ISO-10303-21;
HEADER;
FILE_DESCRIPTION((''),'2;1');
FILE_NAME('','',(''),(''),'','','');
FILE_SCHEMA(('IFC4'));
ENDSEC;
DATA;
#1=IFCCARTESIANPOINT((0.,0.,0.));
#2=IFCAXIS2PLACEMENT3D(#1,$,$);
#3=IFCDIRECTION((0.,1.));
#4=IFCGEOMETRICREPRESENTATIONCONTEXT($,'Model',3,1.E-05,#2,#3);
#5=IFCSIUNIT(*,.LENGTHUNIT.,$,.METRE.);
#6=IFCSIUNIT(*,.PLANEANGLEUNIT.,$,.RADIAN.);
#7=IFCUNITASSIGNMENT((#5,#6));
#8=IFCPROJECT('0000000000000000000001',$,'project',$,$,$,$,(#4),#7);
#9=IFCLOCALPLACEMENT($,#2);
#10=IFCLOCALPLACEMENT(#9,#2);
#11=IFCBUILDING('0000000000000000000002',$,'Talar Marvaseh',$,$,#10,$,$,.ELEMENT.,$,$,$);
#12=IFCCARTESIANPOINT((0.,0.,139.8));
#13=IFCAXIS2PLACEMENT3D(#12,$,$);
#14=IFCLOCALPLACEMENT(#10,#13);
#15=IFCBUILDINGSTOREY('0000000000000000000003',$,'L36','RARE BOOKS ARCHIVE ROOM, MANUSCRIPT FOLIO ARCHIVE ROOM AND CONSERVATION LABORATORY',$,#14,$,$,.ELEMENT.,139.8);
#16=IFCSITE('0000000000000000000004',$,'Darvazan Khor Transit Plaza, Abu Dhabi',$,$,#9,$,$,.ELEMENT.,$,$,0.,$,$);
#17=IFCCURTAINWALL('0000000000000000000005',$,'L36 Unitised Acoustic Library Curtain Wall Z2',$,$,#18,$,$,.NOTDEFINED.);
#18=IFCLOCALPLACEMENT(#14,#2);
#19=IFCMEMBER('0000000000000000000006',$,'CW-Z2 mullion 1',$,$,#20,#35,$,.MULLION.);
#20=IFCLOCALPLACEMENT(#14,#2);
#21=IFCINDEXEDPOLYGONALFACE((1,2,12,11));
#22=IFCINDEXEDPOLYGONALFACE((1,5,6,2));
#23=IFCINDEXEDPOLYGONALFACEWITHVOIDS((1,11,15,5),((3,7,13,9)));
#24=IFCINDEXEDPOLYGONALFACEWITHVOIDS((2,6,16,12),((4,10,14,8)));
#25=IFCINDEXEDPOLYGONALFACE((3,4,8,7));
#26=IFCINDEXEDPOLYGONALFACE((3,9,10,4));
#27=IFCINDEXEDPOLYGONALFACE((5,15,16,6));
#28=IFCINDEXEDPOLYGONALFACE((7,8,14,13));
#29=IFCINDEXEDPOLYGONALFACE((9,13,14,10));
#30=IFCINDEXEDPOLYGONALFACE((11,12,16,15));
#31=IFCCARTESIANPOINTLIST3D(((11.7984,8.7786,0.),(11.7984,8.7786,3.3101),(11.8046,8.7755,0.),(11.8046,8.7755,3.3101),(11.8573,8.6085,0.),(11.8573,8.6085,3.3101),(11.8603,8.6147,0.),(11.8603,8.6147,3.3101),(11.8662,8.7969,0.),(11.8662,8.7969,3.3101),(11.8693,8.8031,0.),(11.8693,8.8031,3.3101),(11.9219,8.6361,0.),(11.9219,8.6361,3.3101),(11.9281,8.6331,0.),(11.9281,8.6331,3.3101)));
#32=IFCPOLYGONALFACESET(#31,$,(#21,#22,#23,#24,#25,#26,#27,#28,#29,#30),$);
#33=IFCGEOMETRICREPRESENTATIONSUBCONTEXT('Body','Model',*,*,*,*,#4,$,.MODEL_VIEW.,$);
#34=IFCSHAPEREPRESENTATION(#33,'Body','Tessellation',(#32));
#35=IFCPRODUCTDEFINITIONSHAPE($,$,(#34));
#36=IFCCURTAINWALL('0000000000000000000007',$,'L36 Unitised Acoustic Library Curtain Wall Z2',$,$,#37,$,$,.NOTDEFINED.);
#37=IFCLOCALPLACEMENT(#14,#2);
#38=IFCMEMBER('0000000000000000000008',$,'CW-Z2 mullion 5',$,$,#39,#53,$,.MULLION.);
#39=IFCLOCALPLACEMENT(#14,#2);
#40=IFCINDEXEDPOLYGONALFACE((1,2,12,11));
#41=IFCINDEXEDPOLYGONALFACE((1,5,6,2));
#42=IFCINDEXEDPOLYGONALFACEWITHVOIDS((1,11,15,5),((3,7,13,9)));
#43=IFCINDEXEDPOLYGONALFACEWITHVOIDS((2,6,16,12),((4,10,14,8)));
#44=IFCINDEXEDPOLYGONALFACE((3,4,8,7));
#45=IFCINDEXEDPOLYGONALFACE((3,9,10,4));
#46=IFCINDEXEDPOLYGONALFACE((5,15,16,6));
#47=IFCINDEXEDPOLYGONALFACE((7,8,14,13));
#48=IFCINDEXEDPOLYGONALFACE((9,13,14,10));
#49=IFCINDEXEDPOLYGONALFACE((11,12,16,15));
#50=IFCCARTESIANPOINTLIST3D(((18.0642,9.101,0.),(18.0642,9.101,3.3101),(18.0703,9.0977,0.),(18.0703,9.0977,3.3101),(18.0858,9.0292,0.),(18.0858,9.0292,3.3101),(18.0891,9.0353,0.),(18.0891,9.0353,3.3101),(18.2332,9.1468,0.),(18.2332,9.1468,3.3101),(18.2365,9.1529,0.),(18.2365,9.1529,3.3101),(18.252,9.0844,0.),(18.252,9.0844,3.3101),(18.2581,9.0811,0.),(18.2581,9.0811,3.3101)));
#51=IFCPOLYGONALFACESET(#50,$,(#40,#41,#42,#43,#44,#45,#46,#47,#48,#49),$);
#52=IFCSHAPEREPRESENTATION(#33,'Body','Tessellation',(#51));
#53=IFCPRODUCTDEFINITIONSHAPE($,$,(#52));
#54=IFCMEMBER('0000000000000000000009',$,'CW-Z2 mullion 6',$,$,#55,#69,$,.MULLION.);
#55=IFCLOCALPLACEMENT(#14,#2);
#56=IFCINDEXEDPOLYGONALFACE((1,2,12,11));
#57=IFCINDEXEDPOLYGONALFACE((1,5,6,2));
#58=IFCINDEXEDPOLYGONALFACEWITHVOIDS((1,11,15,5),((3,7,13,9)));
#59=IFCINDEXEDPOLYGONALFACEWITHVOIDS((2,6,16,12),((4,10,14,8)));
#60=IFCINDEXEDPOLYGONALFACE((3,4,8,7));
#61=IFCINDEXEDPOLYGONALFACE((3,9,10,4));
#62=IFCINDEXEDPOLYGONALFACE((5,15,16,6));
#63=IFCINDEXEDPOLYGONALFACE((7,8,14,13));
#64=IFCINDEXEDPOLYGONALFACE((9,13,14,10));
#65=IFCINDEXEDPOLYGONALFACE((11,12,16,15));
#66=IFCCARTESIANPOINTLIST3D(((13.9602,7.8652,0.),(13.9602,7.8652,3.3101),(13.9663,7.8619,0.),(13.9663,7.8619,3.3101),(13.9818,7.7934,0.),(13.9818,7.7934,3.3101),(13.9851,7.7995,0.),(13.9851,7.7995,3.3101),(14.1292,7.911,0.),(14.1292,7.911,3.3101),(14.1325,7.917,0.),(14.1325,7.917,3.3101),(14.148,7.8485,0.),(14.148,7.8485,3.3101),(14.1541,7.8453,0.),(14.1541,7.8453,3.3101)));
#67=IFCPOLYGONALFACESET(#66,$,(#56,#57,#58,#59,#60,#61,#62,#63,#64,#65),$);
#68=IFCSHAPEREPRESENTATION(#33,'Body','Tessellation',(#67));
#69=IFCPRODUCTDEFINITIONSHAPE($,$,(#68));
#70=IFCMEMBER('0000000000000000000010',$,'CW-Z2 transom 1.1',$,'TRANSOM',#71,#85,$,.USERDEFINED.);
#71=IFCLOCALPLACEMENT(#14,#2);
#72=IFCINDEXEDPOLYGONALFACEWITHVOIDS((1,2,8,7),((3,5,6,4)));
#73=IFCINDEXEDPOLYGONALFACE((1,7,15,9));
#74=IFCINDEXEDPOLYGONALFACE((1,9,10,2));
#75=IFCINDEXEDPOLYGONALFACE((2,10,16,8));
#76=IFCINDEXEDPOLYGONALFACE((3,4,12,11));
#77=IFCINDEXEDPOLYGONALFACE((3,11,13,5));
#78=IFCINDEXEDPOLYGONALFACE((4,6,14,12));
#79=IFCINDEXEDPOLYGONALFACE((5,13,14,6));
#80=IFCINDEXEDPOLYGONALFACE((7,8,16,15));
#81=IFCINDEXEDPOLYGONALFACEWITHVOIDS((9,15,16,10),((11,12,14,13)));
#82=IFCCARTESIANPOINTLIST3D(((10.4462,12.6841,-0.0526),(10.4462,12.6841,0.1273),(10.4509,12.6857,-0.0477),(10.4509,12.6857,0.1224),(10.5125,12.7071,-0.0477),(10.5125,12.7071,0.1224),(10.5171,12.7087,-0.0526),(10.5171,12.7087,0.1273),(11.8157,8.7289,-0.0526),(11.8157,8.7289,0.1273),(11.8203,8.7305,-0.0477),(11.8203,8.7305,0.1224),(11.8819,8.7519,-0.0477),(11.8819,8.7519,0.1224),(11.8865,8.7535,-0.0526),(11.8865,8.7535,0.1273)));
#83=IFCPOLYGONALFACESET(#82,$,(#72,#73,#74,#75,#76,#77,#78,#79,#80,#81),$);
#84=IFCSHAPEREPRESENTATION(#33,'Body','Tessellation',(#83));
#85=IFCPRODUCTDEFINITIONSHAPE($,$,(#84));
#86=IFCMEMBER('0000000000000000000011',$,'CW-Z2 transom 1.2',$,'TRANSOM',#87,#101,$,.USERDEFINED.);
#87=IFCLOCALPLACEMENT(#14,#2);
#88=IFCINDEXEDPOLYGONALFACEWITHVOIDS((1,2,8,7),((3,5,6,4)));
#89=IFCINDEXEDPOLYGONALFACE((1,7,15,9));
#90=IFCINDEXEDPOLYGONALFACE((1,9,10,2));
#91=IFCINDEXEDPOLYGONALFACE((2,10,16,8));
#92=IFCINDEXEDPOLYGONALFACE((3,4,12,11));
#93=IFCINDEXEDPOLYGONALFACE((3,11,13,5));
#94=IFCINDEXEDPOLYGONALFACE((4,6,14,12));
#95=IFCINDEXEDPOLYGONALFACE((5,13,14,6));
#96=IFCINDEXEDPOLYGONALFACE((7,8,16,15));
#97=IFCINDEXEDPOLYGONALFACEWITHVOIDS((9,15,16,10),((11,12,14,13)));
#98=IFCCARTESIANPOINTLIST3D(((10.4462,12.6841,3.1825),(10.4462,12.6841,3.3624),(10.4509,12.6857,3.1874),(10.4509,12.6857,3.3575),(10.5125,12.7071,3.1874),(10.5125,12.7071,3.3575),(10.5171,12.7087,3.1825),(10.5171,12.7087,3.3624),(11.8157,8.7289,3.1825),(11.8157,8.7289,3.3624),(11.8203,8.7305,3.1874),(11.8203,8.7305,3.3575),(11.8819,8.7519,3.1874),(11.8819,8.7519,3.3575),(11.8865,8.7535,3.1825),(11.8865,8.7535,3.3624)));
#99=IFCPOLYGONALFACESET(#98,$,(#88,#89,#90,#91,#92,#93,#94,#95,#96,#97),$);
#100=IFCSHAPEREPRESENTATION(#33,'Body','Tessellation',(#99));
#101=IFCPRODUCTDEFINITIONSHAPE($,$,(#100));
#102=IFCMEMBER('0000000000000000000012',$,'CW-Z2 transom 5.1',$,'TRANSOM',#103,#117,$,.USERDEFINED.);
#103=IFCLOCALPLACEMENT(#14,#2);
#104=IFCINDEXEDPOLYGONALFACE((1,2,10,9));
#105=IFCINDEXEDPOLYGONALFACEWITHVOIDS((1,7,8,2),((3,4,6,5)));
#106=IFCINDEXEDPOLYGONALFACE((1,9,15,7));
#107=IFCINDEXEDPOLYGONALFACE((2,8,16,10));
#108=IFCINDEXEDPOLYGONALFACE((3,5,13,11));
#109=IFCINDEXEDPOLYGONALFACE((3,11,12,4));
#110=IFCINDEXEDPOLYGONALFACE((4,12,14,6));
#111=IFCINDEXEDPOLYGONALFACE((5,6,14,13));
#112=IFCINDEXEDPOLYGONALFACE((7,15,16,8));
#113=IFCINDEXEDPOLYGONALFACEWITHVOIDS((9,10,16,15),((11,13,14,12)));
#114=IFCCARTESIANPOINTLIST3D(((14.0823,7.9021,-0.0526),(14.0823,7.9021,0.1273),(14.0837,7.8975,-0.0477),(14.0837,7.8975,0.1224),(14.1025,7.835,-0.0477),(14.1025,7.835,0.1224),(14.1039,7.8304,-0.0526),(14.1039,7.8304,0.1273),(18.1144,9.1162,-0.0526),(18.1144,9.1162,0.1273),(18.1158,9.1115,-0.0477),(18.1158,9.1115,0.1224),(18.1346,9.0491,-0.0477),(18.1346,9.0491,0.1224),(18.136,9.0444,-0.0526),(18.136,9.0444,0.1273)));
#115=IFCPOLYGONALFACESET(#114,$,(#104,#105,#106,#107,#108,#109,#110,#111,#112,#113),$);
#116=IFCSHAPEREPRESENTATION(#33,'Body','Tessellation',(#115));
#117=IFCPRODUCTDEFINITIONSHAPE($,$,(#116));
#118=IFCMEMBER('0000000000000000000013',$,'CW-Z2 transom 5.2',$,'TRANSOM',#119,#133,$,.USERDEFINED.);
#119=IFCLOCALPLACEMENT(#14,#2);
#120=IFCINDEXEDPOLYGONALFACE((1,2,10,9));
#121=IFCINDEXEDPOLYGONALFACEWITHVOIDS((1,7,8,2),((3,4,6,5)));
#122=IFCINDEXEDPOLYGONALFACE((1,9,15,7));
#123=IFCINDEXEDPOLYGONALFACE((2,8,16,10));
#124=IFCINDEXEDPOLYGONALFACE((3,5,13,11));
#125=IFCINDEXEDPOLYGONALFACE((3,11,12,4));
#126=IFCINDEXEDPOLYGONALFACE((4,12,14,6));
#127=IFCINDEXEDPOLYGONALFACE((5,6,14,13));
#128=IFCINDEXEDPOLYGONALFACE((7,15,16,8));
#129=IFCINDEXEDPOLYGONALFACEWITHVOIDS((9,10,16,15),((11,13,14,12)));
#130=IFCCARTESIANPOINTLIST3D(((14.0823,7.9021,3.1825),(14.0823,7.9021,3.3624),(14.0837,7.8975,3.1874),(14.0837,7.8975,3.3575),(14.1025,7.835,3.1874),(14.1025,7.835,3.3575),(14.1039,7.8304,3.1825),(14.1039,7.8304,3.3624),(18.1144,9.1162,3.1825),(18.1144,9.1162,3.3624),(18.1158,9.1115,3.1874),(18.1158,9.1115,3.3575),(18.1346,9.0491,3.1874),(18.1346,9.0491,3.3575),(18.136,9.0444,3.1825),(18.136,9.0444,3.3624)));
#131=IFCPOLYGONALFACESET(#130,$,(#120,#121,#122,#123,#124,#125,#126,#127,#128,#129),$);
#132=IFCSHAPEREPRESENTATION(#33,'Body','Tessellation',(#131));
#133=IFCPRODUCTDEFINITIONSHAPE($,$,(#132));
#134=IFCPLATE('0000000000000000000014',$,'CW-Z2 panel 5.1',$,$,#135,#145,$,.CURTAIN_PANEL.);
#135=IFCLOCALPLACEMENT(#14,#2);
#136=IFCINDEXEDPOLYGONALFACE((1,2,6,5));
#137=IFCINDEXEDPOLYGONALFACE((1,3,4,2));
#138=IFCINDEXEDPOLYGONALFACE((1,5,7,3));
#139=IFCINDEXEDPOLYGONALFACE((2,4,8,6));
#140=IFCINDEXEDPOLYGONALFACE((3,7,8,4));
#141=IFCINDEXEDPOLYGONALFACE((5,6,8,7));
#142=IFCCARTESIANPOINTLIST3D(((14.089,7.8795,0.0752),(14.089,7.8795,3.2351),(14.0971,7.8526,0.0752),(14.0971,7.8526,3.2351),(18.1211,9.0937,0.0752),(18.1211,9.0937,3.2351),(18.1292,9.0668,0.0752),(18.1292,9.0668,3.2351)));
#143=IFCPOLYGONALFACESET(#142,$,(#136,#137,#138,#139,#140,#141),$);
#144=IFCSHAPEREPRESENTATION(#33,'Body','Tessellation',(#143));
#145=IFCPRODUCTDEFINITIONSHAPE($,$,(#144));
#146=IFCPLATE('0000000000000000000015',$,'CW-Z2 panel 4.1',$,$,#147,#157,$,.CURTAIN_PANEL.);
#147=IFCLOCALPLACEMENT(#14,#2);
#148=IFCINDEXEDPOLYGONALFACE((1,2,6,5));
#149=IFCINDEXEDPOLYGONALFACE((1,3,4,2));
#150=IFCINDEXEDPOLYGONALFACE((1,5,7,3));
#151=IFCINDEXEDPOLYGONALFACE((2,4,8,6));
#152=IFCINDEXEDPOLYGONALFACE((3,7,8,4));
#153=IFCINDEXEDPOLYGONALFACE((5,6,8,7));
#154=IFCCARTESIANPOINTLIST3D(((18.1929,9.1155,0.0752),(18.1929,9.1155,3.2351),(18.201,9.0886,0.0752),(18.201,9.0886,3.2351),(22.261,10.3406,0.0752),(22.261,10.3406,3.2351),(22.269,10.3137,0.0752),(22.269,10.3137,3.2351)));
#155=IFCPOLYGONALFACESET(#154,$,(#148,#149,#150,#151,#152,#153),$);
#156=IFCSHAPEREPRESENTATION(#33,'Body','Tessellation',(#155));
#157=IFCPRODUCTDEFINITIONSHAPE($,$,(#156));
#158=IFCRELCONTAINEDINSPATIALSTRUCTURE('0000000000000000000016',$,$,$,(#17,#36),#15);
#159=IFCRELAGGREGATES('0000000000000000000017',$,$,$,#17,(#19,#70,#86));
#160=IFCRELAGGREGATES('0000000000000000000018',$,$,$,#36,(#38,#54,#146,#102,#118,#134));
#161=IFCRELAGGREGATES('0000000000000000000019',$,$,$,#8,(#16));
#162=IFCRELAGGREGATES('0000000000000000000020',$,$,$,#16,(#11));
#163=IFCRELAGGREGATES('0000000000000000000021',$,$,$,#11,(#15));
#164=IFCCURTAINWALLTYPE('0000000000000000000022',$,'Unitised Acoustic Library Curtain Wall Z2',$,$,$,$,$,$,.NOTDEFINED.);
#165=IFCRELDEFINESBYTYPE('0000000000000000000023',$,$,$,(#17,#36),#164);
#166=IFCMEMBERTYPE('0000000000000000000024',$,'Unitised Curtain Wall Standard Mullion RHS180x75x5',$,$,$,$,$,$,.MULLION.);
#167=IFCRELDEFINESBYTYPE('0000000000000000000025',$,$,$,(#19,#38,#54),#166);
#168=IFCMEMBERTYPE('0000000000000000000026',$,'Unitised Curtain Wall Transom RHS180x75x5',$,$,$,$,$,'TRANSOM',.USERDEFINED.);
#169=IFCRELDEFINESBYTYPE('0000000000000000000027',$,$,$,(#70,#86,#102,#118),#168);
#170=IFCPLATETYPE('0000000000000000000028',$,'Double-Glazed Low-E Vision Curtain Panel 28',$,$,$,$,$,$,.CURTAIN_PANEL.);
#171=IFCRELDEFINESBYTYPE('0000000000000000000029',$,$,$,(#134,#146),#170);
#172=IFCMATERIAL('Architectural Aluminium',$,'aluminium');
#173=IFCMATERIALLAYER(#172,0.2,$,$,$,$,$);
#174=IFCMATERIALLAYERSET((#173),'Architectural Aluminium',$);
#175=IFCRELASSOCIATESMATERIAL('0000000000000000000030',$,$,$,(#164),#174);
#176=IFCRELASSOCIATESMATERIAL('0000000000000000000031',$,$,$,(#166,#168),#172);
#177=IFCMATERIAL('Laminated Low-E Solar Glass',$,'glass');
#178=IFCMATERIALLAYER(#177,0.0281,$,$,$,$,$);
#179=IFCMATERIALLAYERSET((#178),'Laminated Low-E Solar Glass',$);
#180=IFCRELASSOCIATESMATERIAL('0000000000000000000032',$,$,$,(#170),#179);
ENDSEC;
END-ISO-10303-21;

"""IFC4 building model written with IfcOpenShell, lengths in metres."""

from ifc_helpers import new_model, si_unit, direction, frame, origin, origin_2d, place, context, subcontext, project, spatial, rectangle, hollow_rectangle, extrude, source, transform, mapped, material, layer, layer_set, material_profile, profile_set, type_object, type_shapes, element, aggregate, save


model = new_model("IFC4")

# Units and contexts
model_context = context("Model", 3, precision=1e-05, world=origin(), true_north=direction((0.0, 1.0)))
body_context = subcontext(model_context, "Body", "Model", "MODEL_VIEW")
ifc_project = project(units=[si_unit("LENGTHUNIT", "METRE"), si_unit("PLANEANGLEUNIT", "RADIAN")], contexts=[model_context])

# Site, building, storey
site_placement = place(None, origin())
site = spatial("IfcSite", under=ifc_project, at=site_placement, Name="Darvazan Khor Transit Plaza, Abu Dhabi", CompositionType="ELEMENT", RefElevation=0.0)
building_placement = place(site_placement, origin())
building = spatial("IfcBuilding", under=site, at=building_placement, Name="Talar Marvaseh", CompositionType="ELEMENT")
storey_placement = place(building_placement, frame((0.0, 0.0, 139.8)))
storey = spatial("IfcBuildingStorey", under=building, at=storey_placement, Name="L36", Description="RARE BOOKS ARCHIVE ROOM, MANUSCRIPT FOLIO ARCHIVE ROOM AND CONSERVATION LABORATORY", CompositionType="ELEMENT", Elevation=139.8)

# Curtain wall, member
ifc_material_1 = material(Name="Architectural Aluminium", Category="aluminium")
ifc_layer_1 = layer(ifc_material_1, 0.2)
ifc_layer_set_1 = layer_set([ifc_layer_1], Name="Architectural Aluminium")
curtain_wall_type = type_object("IfcCurtainWallType", Name="Unitised Acoustic Library Curtain Wall Z2", PredefinedType="NOTDEFINED", material=ifc_layer_set_1)
curtain_wall_1_placement = place(storey_placement, origin())
curtain_wall_1 = element("IfcCurtainWall", 1, at=curtain_wall_1_placement, inside=storey, type_object=curtain_wall_type, Name="L36 Unitised Acoustic Library Curtain Wall Z2", PredefinedType="NOTDEFINED")
ifc_material_profile_1 = material_profile(ifc_material_1, hollow_rectangle(XDim=0.075, YDim=0.1799, WallThickness=0.0049, at=origin_2d()), Name="RHS180x75x5")
ifc_profile_set_1 = profile_set([ifc_material_profile_1], Name="Architectural Aluminium")
member_type_1 = type_object("IfcMemberType", Name="Unitised Curtain Wall Standard Mullion RHS180x75x5", PredefinedType="MULLION", material=ifc_profile_set_1)
shared_shape_1 = source(origin(), body_context, "Body", "SweptSolid", [
    extrude(hollow_rectangle(XDim=0.075, YDim=0.1799, WallThickness=0.0049, at=origin_2d()), origin(), (0.0, 0.0, 1.0), 3.3101),
])
type_shapes(member_type_1, [shared_shape_1])
member_1_placement = place(storey_placement, frame((11.8633, 8.7058, 0.0), z_axis=(0.0, 0.0, 1.0), x_axis=(-0.944969, -0.32716, 0.0)))
member_1 = element("IfcMember", 2, at=member_1_placement, type_object=member_type_1, Name="CW-Z2 mullion 1", PredefinedType="MULLION", context=body_context, shape_type="MappedRepresentation", body=[
    mapped(shared_shape_1, transform((0.0, 0.0, 0.0), x_axis=(1.0, 0.0, 0.0), y_axis=(0.0, 1.0, 0.0), z_axis=(0.0, 0.0, 1.0), scale=1.0)),
])

# Curtain wall, members
curtain_wall_2_placement = place(storey_placement, origin())
curtain_wall_2 = element("IfcCurtainWall", 3, at=curtain_wall_2_placement, inside=storey, type_object=curtain_wall_type, Name="L36 Unitised Acoustic Library Curtain Wall Z2", PredefinedType="NOTDEFINED")
member_2_placement = place(storey_placement, frame((18.1611, 9.0911, 0.0), z_axis=(0.0, 0.0, 1.0), x_axis=(0.288343, -0.957527, 0.0)))
member_2 = element("IfcMember", 4, at=member_2_placement, type_object=member_type_1, Name="CW-Z2 mullion 5", PredefinedType="MULLION", context=body_context, shape_type="MappedRepresentation", body=[
    mapped(shared_shape_1, transform((0.0, 0.0, 0.0), x_axis=(1.0, 0.0, 0.0), y_axis=(0.0, 1.0, 0.0), z_axis=(0.0, 0.0, 1.0), scale=1.0)),
])
member_3_placement = place(storey_placement, frame((14.0571, 7.8552, 0.0), z_axis=(0.0, 0.0, 1.0), x_axis=(0.288343, -0.957527, 0.0)))
member_3 = element("IfcMember", 5, at=member_3_placement, type_object=member_type_1, Name="CW-Z2 mullion 6", PredefinedType="MULLION", context=body_context, shape_type="MappedRepresentation", body=[
    mapped(shared_shape_1, transform((0.0, 0.0, 0.0), x_axis=(1.0, 0.0, 0.0), y_axis=(0.0, 1.0, 0.0), z_axis=(0.0, 0.0, 1.0), scale=1.0)),
])

# Members
ifc_material_profile_2 = material_profile(ifc_material_1, hollow_rectangle(XDim=0.075, YDim=0.1799, WallThickness=0.0049, at=origin_2d()), Name="RHS180x75x5")
ifc_profile_set_2 = profile_set([ifc_material_profile_2], Name="Architectural Aluminium")
member_type_2 = type_object("IfcMemberType", Name="Unitised Curtain Wall Transom RHS180x75x5", ElementType="TRANSOM", PredefinedType="USERDEFINED", material=ifc_profile_set_2)
shared_shape_2 = source(origin(), body_context, "Body", "SweptSolid", [
    extrude(hollow_rectangle(XDim=0.075, YDim=0.1799, WallThickness=0.0049, at=origin_2d()), origin(), (0.0, 0.0, 1.0), 4.1855),
])
member_4_placement = place(storey_placement, frame((11.8511, 8.7412, 0.0374), z_axis=(-0.327179, 0.944962, 0.0), x_axis=(-0.944962, -0.327179, 0.0)))
member_4 = element("IfcMember", 6, at=member_4_placement, type_object=member_type_2, Name="CW-Z2 transom 1.1", ObjectType="TRANSOM", PredefinedType="USERDEFINED", context=body_context, shape_type="MappedRepresentation", body=[
    mapped(shared_shape_2, transform((0.0, 0.0, 0.0), x_axis=(1.0, 0.0, 0.0), y_axis=(0.0, 1.0, 0.0), z_axis=(0.0, 0.0, 1.0), scale=1.0)),
])
member_5_placement = place(storey_placement, frame((11.8511, 8.7412, 3.2725), z_axis=(-0.327179, 0.944962, 0.0), x_axis=(-0.944962, -0.327179, 0.0)))
member_5 = element("IfcMember", 7, at=member_5_placement, type_object=member_type_2, Name="CW-Z2 transom 1.2", ObjectType="TRANSOM", PredefinedType="USERDEFINED", context=body_context, shape_type="MappedRepresentation", body=[
    mapped(shared_shape_2, transform((0.0, 0.0, 0.0), x_axis=(1.0, 0.0, 0.0), y_axis=(0.0, 1.0, 0.0), z_axis=(0.0, 0.0, 1.0), scale=1.0)),
])
aggregate(curtain_wall_1, [member_1, member_4, member_5])
shared_shape_3 = source(origin(), body_context, "Body", "SweptSolid", [
    extrude(hollow_rectangle(XDim=0.075, YDim=0.1799, WallThickness=0.0049, at=origin_2d()), origin(), (0.0, 0.0, 1.0), 4.2109),
])
type_shapes(member_type_2, [shared_shape_2, shared_shape_3])
member_6_placement = place(storey_placement, frame((18.1252, 9.0803, 0.0374), z_axis=(-0.957535, -0.288316, 0.0), x_axis=(0.288316, -0.957535, 0.0)))
member_6 = element("IfcMember", 8, at=member_6_placement, type_object=member_type_2, Name="CW-Z2 transom 5.1", ObjectType="TRANSOM", PredefinedType="USERDEFINED", context=body_context, shape_type="MappedRepresentation", body=[
    mapped(shared_shape_3, transform((0.0, 0.0, 0.0), x_axis=(1.0, 0.0, 0.0), y_axis=(0.0, 1.0, 0.0), z_axis=(0.0, 0.0, 1.0), scale=1.0)),
])
member_7_placement = place(storey_placement, frame((18.1252, 9.0803, 3.2725), z_axis=(-0.957535, -0.288316, 0.0), x_axis=(0.288316, -0.957535, 0.0)))
member_7 = element("IfcMember", 9, at=member_7_placement, type_object=member_type_2, Name="CW-Z2 transom 5.2", ObjectType="TRANSOM", PredefinedType="USERDEFINED", context=body_context, shape_type="MappedRepresentation", body=[
    mapped(shared_shape_3, transform((0.0, 0.0, 0.0), x_axis=(1.0, 0.0, 0.0), y_axis=(0.0, 1.0, 0.0), z_axis=(0.0, 0.0, 1.0), scale=1.0)),
])

# Plates
ifc_material_2 = material(Name="Laminated Low-E Solar Glass", Category="glass")
ifc_layer_2 = layer(ifc_material_2, 0.0281)
ifc_layer_set_2 = layer_set([ifc_layer_2], Name="Laminated Low-E Solar Glass")
plate_type = type_object("IfcPlateType", Name="Double-Glazed Low-E Vision Curtain Panel 28", PredefinedType="CURTAIN_PANEL", material=ifc_layer_set_2)
shared_shape_4 = source(origin(), body_context, "Body", "SweptSolid", [
    extrude(rectangle(XDim=4.2109, YDim=0.0281, at=origin_2d()), origin(), (0.0, 0.0, 1.0), 3.1599),
])
plate_1_placement = place(storey_placement, frame((16.1091, 8.4731, 0.0752), z_axis=(0.0, 0.0, 1.0), x_axis=(-0.957527, -0.288343, 0.0)))
plate_1 = element("IfcPlate", 10, at=plate_1_placement, type_object=plate_type, Name="CW-Z2 panel 5.1", PredefinedType="CURTAIN_PANEL", context=body_context, shape_type="MappedRepresentation", body=[
    mapped(shared_shape_4, transform((0.0, 0.0, 0.0), x_axis=(1.0, 0.0, 0.0), y_axis=(0.0, 1.0, 0.0), z_axis=(0.0, 0.0, 1.0), scale=1.0)),
])
shared_shape_5 = source(origin(), body_context, "Body", "SweptSolid", [
    extrude(rectangle(XDim=4.2485, YDim=0.0281, at=origin_2d()), origin(), (0.0, 0.0, 1.0), 3.1599),
])
type_shapes(plate_type, [shared_shape_4, shared_shape_5])
plate_2_placement = place(storey_placement, frame((20.231, 9.7146, 0.0752), z_axis=(0.0, 0.0, 1.0), x_axis=(-0.957527, -0.288343, 0.0)))
plate_2 = element("IfcPlate", 11, at=plate_2_placement, type_object=plate_type, Name="CW-Z2 panel 4.1", PredefinedType="CURTAIN_PANEL", context=body_context, shape_type="MappedRepresentation", body=[
    mapped(shared_shape_5, transform((0.0, 0.0, 0.0), x_axis=(1.0, 0.0, 0.0), y_axis=(0.0, 1.0, 0.0), z_axis=(0.0, 0.0, 1.0), scale=1.0)),
])
aggregate(curtain_wall_2, [member_2, member_3, plate_2, member_6, member_7, plate_1])

save(model, "model.ifc")
